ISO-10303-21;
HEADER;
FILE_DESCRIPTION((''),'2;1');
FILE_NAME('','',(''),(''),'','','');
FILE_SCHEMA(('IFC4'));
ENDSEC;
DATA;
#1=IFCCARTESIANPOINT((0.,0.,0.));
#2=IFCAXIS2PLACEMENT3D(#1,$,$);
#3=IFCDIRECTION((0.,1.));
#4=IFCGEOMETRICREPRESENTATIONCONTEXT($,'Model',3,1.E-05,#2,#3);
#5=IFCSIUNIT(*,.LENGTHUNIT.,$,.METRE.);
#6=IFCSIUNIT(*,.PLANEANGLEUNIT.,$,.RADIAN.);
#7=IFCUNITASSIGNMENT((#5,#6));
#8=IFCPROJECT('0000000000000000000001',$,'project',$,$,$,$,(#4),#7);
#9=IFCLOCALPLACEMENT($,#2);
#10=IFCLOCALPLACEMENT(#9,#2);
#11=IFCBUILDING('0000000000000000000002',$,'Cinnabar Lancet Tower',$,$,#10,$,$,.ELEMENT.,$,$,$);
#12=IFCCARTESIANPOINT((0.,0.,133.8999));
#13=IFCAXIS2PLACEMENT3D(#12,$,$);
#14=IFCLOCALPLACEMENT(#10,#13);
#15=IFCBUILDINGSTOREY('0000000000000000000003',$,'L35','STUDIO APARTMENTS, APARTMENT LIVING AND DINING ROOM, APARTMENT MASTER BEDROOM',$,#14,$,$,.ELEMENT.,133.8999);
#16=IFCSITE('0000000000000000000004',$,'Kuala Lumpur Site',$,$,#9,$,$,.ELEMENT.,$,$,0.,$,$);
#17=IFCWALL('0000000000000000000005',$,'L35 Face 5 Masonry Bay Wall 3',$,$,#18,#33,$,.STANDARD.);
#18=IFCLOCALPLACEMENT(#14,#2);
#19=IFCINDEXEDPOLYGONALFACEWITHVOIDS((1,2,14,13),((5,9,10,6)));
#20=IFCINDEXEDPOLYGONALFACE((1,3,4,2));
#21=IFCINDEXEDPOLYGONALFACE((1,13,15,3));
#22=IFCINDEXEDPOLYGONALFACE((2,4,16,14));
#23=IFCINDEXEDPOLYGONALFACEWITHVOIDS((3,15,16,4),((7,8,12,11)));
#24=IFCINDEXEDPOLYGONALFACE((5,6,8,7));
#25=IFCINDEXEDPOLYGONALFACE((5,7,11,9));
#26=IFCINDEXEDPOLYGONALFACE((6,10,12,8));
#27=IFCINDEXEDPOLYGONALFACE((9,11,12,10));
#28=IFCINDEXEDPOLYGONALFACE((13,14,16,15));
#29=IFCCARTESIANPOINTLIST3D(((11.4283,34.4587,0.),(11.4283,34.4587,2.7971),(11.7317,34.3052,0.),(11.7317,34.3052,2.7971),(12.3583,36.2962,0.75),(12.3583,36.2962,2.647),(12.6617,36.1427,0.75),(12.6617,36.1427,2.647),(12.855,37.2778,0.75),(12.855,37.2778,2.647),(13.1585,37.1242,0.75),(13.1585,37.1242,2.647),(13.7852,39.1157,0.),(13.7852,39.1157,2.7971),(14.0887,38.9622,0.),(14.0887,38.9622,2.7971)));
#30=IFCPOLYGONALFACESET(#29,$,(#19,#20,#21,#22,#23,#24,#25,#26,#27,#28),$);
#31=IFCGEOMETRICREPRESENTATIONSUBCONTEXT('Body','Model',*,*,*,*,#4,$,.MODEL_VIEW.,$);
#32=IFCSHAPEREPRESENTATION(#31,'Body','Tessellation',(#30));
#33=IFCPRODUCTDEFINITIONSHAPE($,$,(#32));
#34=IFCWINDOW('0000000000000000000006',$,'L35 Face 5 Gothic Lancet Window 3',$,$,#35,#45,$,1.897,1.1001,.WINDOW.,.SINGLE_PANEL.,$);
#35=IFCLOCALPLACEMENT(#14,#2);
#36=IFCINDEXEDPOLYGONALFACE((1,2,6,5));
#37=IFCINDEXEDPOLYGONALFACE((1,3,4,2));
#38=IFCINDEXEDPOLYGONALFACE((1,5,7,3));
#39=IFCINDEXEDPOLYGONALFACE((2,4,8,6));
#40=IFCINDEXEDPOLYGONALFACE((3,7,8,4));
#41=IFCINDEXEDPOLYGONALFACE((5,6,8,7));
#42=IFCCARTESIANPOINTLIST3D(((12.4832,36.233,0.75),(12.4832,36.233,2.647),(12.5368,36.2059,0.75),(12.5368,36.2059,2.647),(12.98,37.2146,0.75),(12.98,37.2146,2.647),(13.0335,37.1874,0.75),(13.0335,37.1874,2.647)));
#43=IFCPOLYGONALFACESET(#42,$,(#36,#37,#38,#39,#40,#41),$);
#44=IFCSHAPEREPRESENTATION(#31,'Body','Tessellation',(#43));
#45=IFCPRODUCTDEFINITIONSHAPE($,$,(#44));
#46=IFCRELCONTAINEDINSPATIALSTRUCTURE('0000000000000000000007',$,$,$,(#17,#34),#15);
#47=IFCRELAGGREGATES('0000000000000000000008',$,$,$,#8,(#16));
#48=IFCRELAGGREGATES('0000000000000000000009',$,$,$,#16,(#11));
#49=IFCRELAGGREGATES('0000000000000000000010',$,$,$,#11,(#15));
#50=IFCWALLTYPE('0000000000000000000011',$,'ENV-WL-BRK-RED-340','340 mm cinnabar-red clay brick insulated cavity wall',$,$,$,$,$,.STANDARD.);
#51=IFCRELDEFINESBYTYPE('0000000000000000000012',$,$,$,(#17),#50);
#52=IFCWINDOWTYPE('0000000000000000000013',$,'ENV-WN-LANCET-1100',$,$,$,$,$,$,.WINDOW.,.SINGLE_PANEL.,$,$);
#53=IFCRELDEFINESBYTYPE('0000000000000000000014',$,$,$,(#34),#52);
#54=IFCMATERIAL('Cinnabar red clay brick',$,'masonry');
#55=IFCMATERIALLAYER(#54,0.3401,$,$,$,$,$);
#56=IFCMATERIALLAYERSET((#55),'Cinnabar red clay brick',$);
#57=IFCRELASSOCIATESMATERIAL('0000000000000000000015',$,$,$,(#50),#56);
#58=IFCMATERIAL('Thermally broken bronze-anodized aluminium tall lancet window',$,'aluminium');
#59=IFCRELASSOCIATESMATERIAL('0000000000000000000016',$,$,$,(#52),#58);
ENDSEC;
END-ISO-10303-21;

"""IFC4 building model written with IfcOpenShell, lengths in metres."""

from ifc_helpers import new_model, si_unit, direction, frame, frame_2d, origin, place, context, subcontext, project, spatial, rectangle, extrude, material, layer, layer_set, type_object, element, fill, save


model = new_model("IFC4")

# Units and contexts
model_context = context("Model", 3, precision=1e-05, world=origin(), true_north=direction((0.0, 1.0)))
body_context = subcontext(model_context, "Body", "Model", "MODEL_VIEW")
ifc_project = project(units=[si_unit("LENGTHUNIT", "METRE"), si_unit("PLANEANGLEUNIT", "RADIAN")], contexts=[model_context])

# Site, building, storey
site_placement = place(None, origin())
site = spatial("IfcSite", under=ifc_project, at=site_placement, Name="Kuala Lumpur Site", CompositionType="ELEMENT", RefElevation=0.0)
building_placement = place(site_placement, origin())
building = spatial("IfcBuilding", under=site, at=building_placement, Name="Cinnabar Lancet Tower", CompositionType="ELEMENT")
storey_placement = place(building_placement, frame((0.0, 0.0, 133.8999)))
storey = spatial("IfcBuildingStorey", under=building, at=storey_placement, Name="L35", Description="STUDIO APARTMENTS, APARTMENT LIVING AND DINING ROOM, APARTMENT MASTER BEDROOM", CompositionType="ELEMENT", Elevation=133.8999)

# Shared definitions
ifc_material_1 = material(Name="Cinnabar red clay brick", Category="masonry")
ifc_layer_1 = layer(ifc_material_1, 0.3401)
ifc_layer_set_1 = layer_set([ifc_layer_1], Name="Cinnabar red clay brick")
wall_type_1 = type_object("IfcWallType", Name="ENV-WL-BRK-RED-340", Description="340 mm cinnabar-red clay brick insulated cavity wall", PredefinedType="STANDARD", material=ifc_layer_set_1)

# Wall, opening, window
ifc_material_2 = material(Name="Thermally broken bronze-anodized aluminium tall lancet window", Category="aluminium")
window_type = type_object("IfcWindowType", Name="ENV-WN-LANCET-1100", PartitioningType="SINGLE_PANEL", PredefinedType="WINDOW", material=ifc_material_2)
wall_1_placement = place(storey_placement, frame((13.937, 39.0391, 0.0), z_axis=(0.0, 0.0, 1.0), x_axis=(-0.451568, -0.892237, 0.0)))
wall_1 = element("IfcWall", 1, at=wall_1_placement, inside=storey, type_object=wall_type_1, Name="L35 Face 5 Masonry Bay Wall 3", PredefinedType="STANDARD", context=body_context, shape_type="SweptSolid", body=[
    extrude(rectangle(XDim=5.2195, YDim=0.3401, at=frame_2d((2.6099, 0.0))), origin(), (0.0, 0.0, 1.0), 2.7971),
])
opening_1_placement = place(wall_1_placement, frame((2.0601, 0.0, 0.75)))
opening_1 = element("IfcOpeningElement", 2, at=opening_1_placement, cuts=wall_1, PredefinedType="OPENING", context=body_context, shape_type="SweptSolid", body=[
    extrude(rectangle(XDim=1.1001, YDim=1.897, at=frame_2d((0.55, 0.9485))), frame((0.0, 0.1799, 0.0), z_axis=(0.0, -1.0, 0.0), x_axis=(1.0, 0.0, 0.0)), (0.0, 0.0, 1.0), 0.3601),
])
window_1_placement = place(opening_1_placement, origin())
window_1 = element("IfcWindow", 3, at=window_1_placement, inside=storey, type_object=window_type, Name="L35 Face 5 Gothic Lancet Window 3", OverallHeight=1.897, OverallWidth=1.1001, PartitioningType="SINGLE_PANEL", PredefinedType="WINDOW", context=body_context, shape_type="SweptSolid", body=[
    extrude(rectangle(XDim=1.1001, YDim=1.897, at=frame_2d((0.55, 0.9485))), frame((0.0, 0.03, 0.0), z_axis=(0.0, -1.0, 0.0), x_axis=(1.0, 0.0, 0.0)), (0.0, 0.0, 1.0), 0.0601),
])
fill(opening_1, window_1)

save(model, "model.ifc")
